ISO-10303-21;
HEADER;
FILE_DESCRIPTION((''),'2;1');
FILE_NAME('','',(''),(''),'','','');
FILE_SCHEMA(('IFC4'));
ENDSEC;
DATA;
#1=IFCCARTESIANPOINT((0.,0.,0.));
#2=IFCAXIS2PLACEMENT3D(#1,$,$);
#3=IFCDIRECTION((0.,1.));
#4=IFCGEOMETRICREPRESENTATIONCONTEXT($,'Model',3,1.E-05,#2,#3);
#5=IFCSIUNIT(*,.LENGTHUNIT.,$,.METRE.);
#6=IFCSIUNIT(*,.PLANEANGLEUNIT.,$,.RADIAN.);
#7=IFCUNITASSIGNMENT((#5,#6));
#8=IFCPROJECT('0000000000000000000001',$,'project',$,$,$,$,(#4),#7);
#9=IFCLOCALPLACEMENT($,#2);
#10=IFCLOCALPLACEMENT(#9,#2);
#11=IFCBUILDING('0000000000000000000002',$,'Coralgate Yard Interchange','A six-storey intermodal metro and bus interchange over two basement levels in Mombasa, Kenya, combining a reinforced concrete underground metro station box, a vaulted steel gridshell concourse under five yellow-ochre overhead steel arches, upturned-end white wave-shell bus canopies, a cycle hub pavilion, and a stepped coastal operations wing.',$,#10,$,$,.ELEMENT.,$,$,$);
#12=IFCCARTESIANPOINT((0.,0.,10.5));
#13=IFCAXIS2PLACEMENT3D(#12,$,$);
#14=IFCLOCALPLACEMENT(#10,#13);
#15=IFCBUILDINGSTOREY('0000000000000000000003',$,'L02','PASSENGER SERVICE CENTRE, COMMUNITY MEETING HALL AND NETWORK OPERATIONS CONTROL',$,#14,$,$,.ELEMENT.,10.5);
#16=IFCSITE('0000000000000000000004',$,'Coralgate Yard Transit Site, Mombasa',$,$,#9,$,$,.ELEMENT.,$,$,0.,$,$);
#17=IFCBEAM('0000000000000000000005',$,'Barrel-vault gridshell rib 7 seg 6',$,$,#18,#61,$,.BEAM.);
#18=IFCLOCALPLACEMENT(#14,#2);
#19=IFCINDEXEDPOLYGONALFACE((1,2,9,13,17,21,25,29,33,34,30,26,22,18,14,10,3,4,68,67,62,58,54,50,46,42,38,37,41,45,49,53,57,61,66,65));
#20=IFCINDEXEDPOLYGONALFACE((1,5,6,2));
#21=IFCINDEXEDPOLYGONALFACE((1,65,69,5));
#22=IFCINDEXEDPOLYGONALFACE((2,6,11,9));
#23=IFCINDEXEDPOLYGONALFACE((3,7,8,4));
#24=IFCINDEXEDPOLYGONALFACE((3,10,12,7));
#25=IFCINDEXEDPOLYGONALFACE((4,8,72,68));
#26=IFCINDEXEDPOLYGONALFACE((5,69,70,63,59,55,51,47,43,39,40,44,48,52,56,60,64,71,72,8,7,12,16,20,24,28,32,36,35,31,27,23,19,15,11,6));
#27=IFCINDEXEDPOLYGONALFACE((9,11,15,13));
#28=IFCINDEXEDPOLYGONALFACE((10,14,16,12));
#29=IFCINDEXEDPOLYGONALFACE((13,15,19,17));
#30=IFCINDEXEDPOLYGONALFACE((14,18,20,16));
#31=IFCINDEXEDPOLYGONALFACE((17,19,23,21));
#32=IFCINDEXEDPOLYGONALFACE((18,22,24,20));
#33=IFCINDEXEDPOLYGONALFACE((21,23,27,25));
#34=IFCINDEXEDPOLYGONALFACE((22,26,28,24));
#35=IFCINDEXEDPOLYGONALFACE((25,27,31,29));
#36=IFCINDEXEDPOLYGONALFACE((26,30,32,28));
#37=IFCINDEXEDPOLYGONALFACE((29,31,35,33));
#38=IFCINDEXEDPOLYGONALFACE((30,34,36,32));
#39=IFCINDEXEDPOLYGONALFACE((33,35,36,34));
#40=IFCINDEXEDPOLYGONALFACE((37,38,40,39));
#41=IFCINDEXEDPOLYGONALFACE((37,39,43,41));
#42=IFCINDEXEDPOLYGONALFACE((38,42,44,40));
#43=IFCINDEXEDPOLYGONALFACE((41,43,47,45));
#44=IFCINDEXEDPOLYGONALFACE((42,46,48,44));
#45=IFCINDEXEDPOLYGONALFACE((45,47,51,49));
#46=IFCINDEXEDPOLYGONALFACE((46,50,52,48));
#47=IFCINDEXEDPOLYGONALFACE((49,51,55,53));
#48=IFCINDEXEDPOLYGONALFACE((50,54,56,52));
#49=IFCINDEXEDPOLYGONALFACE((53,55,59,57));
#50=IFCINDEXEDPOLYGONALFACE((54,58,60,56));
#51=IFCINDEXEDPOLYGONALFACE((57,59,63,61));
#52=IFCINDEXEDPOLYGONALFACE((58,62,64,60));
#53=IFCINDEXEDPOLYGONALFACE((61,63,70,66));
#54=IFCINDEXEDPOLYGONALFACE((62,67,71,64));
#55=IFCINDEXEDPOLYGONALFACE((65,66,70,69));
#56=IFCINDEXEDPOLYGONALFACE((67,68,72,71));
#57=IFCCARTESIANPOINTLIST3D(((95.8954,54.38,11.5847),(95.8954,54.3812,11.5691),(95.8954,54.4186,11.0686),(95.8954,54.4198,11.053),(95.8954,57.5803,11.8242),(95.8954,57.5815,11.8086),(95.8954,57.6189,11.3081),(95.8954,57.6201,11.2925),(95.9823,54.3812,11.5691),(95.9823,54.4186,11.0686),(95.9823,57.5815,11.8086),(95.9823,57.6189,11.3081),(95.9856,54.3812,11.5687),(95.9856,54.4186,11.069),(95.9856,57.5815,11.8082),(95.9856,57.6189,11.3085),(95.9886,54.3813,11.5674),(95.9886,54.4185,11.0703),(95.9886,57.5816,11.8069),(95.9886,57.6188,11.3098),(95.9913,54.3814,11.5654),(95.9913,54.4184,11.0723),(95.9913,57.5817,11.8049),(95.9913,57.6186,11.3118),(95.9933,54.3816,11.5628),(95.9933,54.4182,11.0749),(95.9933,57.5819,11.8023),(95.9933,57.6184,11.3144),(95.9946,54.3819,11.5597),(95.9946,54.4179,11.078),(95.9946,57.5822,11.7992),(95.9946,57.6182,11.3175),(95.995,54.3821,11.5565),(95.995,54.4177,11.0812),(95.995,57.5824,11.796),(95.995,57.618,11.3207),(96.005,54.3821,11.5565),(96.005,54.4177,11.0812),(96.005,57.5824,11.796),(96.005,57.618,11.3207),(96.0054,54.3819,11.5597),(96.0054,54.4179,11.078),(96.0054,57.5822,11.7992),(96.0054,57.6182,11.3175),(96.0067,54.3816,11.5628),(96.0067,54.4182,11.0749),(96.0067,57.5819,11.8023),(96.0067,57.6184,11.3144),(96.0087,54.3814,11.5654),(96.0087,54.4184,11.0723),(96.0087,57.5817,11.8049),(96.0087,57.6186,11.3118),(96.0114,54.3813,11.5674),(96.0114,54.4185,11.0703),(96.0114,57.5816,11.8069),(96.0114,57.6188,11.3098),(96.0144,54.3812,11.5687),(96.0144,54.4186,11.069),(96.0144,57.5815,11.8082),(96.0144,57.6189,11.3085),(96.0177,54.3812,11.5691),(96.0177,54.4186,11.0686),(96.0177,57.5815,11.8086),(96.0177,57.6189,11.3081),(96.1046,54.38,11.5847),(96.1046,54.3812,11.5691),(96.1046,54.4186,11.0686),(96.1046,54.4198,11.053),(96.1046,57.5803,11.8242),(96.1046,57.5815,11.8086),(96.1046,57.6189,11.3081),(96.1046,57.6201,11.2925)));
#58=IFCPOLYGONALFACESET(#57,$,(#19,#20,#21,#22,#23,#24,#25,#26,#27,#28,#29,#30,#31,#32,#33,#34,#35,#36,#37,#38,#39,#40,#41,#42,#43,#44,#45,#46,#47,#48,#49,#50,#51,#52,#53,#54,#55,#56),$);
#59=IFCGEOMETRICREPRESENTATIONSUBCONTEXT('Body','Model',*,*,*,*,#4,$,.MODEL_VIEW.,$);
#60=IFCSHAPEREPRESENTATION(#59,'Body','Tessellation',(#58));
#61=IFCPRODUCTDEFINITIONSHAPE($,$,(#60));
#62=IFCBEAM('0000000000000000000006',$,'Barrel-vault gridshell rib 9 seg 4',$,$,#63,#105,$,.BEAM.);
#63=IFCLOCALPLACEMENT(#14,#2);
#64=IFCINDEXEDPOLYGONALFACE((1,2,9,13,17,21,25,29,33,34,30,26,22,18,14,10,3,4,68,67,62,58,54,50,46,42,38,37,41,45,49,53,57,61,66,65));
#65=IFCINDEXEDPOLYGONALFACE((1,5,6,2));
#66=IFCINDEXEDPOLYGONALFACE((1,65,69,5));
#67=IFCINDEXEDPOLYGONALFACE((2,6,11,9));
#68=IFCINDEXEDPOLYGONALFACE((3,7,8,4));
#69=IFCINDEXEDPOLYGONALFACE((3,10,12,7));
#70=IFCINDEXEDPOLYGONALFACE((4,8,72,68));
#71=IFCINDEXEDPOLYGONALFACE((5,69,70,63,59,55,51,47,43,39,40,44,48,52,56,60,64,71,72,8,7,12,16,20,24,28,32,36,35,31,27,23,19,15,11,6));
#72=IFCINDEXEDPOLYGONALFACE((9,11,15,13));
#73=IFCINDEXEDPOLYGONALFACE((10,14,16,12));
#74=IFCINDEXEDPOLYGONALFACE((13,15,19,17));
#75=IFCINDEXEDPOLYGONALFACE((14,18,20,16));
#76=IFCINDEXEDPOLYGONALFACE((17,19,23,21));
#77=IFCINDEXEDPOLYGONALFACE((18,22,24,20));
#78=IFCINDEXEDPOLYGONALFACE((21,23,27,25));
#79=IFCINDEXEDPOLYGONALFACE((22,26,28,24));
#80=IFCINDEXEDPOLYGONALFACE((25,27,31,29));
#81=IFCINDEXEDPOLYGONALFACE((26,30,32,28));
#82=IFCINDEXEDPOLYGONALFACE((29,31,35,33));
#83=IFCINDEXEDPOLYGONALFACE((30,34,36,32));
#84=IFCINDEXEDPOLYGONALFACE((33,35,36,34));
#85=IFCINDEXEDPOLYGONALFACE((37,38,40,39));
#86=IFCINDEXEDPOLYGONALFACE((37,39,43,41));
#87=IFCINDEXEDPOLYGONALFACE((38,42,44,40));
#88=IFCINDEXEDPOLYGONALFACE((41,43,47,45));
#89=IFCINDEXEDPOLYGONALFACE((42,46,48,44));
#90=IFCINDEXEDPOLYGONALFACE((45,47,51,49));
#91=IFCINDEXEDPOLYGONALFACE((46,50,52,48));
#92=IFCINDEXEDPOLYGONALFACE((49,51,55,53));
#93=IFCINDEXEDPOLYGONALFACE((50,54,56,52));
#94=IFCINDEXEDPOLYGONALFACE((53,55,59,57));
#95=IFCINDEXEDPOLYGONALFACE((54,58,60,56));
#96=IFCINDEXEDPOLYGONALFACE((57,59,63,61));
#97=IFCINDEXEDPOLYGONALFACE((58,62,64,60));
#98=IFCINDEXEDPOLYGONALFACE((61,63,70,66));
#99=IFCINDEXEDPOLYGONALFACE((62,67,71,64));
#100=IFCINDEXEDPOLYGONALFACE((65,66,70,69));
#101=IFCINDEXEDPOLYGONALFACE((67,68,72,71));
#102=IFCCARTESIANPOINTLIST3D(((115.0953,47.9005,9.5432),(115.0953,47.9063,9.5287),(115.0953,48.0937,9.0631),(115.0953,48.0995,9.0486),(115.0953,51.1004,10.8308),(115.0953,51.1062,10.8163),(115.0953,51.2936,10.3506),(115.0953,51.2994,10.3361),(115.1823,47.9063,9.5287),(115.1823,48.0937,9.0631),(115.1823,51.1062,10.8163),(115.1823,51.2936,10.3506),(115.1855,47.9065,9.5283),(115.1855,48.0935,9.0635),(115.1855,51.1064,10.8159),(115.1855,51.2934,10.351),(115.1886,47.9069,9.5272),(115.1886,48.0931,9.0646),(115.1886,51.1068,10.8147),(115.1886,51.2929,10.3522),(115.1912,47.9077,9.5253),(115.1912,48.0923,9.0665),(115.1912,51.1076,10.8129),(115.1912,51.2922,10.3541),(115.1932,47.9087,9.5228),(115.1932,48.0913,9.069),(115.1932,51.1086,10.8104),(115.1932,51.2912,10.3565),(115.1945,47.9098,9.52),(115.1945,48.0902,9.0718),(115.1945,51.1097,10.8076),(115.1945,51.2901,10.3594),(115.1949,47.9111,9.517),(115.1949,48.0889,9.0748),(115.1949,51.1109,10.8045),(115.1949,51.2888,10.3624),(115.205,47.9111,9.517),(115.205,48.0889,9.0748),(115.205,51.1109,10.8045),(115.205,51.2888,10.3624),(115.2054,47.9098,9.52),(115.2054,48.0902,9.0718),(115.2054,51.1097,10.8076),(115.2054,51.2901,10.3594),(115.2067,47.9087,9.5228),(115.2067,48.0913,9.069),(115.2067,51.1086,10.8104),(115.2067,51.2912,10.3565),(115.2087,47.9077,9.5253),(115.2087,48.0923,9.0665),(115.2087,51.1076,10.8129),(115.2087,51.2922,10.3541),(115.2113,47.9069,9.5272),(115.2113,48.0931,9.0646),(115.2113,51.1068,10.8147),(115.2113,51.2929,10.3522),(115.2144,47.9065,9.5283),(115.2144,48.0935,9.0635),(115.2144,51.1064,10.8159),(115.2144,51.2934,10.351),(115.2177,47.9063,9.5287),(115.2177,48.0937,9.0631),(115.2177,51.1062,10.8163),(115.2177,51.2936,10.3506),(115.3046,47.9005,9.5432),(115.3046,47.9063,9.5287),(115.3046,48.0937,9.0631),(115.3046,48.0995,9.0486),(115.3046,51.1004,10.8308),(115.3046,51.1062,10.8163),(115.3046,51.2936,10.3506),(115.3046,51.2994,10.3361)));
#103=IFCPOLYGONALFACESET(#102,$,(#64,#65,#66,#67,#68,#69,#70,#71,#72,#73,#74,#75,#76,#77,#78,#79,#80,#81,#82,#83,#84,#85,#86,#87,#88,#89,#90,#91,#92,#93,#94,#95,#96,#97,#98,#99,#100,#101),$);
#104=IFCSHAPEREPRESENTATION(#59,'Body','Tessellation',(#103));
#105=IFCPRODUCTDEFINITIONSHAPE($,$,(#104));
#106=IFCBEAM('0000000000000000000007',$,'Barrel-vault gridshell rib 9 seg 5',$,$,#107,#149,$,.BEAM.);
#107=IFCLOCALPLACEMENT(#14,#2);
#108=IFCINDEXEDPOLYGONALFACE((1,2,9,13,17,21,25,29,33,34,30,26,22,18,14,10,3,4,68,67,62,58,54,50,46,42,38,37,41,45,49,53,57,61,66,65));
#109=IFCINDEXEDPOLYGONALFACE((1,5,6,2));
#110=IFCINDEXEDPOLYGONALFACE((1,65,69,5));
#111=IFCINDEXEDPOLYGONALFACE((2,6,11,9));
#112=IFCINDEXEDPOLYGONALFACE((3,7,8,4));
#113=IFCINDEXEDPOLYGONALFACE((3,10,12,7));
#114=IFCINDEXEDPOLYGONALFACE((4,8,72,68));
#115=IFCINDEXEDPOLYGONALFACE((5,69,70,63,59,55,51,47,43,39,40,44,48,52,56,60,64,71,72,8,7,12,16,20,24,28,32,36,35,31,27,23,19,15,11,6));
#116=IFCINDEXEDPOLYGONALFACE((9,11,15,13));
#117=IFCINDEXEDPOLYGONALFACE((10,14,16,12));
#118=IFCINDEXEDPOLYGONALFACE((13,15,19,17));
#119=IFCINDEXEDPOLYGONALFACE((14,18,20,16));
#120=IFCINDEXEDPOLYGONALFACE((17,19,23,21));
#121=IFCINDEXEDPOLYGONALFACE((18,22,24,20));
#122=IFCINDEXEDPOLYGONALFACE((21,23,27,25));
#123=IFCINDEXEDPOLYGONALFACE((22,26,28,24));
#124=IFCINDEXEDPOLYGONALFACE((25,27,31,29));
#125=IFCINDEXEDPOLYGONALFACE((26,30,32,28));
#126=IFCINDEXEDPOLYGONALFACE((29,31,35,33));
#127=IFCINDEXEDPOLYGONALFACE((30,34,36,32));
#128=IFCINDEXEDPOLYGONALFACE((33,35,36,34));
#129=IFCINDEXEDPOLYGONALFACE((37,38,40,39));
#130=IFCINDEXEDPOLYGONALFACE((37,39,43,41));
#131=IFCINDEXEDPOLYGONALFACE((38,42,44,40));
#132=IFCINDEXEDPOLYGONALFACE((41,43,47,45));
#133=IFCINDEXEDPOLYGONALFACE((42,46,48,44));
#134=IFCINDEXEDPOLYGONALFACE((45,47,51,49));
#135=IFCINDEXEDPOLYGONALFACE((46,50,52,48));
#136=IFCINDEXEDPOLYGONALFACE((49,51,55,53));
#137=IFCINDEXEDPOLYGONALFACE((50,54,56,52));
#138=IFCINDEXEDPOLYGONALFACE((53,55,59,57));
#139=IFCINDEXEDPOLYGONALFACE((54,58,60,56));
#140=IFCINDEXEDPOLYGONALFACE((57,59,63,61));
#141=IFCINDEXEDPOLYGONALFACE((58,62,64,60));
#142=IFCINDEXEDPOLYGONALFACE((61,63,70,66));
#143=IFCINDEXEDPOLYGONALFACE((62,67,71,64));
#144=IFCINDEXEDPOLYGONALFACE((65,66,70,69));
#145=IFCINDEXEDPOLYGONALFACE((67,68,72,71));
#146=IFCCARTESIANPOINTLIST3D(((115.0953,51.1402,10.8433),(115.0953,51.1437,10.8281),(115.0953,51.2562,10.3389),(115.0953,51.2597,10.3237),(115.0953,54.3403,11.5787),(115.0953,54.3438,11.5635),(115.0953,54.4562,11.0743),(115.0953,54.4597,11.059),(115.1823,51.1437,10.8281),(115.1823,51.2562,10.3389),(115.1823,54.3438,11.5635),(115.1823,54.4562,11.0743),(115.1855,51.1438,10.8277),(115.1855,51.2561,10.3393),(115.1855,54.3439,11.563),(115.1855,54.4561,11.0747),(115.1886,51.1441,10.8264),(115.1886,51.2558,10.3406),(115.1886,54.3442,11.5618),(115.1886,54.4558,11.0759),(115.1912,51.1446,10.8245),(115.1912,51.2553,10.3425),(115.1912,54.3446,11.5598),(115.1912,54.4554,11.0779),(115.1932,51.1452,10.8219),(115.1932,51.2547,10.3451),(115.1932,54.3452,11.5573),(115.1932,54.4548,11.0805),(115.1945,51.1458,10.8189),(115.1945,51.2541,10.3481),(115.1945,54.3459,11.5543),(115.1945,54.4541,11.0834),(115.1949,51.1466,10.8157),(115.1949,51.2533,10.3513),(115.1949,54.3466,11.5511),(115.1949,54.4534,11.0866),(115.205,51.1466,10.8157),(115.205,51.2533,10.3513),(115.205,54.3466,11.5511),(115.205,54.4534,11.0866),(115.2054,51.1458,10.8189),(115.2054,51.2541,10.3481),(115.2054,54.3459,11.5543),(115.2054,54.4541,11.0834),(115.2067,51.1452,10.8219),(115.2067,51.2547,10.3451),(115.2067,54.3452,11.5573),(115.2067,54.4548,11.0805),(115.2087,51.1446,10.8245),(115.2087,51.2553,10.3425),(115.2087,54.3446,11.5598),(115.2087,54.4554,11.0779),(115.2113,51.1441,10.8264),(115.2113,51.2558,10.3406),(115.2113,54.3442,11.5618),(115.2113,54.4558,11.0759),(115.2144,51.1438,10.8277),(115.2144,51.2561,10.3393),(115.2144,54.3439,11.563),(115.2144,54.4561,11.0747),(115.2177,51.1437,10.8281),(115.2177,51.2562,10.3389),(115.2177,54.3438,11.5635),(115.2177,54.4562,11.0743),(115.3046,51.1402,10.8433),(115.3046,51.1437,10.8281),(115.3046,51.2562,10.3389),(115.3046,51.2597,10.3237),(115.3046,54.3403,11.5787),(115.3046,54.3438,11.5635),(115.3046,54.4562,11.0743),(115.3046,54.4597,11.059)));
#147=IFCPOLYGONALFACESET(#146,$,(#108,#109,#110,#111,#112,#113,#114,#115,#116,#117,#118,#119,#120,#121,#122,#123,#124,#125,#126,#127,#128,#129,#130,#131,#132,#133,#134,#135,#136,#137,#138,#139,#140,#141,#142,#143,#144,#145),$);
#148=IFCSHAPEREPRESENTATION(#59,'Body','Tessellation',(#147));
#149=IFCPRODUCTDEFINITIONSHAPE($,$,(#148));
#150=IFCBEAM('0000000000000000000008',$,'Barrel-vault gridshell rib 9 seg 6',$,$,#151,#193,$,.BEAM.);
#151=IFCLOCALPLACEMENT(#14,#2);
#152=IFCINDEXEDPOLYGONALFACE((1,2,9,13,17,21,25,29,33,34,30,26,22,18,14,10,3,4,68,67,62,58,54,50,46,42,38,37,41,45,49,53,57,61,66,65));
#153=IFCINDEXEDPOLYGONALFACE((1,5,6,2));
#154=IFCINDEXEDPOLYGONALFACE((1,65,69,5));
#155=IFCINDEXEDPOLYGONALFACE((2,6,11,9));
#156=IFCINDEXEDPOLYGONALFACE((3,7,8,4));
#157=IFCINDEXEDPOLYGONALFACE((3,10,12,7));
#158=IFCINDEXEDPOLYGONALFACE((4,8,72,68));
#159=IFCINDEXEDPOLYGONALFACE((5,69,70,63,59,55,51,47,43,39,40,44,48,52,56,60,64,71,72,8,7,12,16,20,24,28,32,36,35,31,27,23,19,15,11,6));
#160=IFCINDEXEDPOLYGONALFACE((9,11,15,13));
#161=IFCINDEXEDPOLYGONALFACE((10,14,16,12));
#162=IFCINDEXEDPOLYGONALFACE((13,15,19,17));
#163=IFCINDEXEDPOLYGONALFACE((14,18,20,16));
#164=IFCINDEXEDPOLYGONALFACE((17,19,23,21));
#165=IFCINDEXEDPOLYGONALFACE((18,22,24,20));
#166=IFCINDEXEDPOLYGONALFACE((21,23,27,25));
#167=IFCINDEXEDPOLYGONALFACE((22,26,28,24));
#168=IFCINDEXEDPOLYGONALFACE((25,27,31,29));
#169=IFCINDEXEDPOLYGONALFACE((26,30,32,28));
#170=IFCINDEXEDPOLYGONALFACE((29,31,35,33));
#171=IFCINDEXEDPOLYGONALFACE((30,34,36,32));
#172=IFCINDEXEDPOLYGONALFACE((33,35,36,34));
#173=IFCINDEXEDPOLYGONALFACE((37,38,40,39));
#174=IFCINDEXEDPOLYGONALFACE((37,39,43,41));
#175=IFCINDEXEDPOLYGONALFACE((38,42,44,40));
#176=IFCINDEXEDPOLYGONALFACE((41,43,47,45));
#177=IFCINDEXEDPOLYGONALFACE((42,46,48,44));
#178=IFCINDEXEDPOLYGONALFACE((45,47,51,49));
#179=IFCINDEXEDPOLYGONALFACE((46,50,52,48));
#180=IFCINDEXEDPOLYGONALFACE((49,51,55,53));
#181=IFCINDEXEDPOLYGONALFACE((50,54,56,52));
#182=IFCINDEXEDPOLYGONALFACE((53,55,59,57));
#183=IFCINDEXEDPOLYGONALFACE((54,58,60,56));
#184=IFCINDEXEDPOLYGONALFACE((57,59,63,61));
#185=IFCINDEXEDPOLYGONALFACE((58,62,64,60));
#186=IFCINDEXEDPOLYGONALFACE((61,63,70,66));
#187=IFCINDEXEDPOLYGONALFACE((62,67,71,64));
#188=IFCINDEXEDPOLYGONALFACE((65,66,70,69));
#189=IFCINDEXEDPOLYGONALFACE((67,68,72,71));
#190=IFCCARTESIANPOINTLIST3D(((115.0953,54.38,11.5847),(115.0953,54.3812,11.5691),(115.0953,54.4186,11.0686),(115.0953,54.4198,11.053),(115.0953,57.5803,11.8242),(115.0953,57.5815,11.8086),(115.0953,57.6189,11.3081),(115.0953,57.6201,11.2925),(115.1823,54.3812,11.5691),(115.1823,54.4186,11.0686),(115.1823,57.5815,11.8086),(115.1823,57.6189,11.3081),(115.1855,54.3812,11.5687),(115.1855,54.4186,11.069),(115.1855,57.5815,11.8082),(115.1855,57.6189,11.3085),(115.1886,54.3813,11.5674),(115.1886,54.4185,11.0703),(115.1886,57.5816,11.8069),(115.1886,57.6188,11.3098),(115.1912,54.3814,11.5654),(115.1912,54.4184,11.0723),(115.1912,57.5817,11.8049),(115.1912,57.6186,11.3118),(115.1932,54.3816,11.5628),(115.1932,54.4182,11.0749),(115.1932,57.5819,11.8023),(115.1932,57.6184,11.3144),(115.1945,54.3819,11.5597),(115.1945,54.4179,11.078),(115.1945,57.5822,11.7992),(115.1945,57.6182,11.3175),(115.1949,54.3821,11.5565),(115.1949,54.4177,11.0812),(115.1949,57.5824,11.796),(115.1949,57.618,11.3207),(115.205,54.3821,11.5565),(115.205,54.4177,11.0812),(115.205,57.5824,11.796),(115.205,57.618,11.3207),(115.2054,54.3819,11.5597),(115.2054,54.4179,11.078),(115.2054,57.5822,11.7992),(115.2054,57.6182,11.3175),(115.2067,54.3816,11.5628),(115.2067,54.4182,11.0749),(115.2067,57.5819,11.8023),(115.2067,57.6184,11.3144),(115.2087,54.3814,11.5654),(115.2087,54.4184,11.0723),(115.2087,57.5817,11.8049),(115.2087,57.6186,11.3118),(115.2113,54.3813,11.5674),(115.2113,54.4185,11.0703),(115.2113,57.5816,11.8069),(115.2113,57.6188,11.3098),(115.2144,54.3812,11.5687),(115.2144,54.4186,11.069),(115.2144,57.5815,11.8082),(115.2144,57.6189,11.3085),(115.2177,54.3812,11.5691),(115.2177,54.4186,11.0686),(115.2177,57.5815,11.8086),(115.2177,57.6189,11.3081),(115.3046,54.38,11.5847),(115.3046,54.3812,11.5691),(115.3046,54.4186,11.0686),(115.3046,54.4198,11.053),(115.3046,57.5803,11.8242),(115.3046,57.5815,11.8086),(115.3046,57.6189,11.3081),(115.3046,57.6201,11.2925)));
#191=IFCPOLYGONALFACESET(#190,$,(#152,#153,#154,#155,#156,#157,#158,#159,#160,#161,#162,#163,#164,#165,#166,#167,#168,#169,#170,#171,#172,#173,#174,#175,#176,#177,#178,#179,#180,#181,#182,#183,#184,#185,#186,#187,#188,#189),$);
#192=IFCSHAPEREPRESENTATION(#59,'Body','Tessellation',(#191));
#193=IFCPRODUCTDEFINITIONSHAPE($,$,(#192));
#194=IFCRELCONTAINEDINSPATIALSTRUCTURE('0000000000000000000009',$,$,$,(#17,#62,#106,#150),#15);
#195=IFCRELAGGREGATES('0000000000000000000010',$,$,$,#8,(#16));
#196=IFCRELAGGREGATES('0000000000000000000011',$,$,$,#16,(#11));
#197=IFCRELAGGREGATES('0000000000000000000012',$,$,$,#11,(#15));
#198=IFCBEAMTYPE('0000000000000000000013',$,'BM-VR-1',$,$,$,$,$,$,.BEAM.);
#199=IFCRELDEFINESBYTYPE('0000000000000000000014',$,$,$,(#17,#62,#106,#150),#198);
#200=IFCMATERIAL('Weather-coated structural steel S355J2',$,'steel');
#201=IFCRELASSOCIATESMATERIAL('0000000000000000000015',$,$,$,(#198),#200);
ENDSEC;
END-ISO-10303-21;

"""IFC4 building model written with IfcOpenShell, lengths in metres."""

from ifc_helpers import new_model, si_unit, direction, frame, origin, origin_2d, place, context, subcontext, project, spatial, i_section, extrude, material, material_profile, profile_set, type_object, element, save


model = new_model("IFC4")

# Units and contexts
model_context = context("Model", 3, precision=1e-05, world=origin(), true_north=direction((0.0, 1.0)))
body_context = subcontext(model_context, "Body", "Model", "MODEL_VIEW")
ifc_project = project(units=[si_unit("LENGTHUNIT", "METRE"), si_unit("PLANEANGLEUNIT", "RADIAN")], contexts=[model_context])

# Site, building, storey
site_placement = place(None, origin())
site = spatial("IfcSite", under=ifc_project, at=site_placement, Name="Coralgate Yard Transit Site, Mombasa", CompositionType="ELEMENT", RefElevation=0.0)
building_placement = place(site_placement, origin())
building = spatial("IfcBuilding", under=site, at=building_placement, Name="Coralgate Yard Interchange", Description="A six-storey intermodal metro and bus interchange over two basement levels in Mombasa, Kenya, combining a reinforced concrete underground metro station box, a vaulted steel gridshell concourse under five yellow-ochre overhead steel arches, upturned-end white wave-shell bus canopies, a cycle hub pavilion, and a stepped coastal operations wing.", CompositionType="ELEMENT")
storey_placement = place(building_placement, frame((0.0, 0.0, 10.5)))
storey = spatial("IfcBuildingStorey", under=building, at=storey_placement, Name="L02", Description="PASSENGER SERVICE CENTRE, COMMUNITY MEETING HALL AND NETWORK OPERATIONS CONTROL", CompositionType="ELEMENT", Elevation=10.5)

# Beams
ifc_material_1 = material(Name="Weather-coated structural steel S355J2", Category="steel")
ifc_material_profile_1 = material_profile(ifc_material_1, i_section(OverallWidth=0.2092, OverallDepth=0.5332, WebThickness=0.01, FlangeThickness=0.0156, FilletRadius=0.0127, at=origin_2d()), Name="UB 533x210x92")
ifc_profile_set_1 = profile_set([ifc_material_profile_1], Name="Weather-coated structural steel S355J2")
beam_type_1 = type_object("IfcBeamType", Name="BM-VR-1", PredefinedType="BEAM", material=ifc_profile_set_1)
beam_1_placement = place(storey_placement, frame((96.0, 54.3999, 11.3188), z_axis=(0.0, 0.997211, 0.074631), x_axis=(-1.0, 0.0, 0.0)))
element("IfcBeam", 1, at=beam_1_placement, inside=storey, type_object=beam_type_1, Name="Barrel-vault gridshell rib 7 seg 6", PredefinedType="BEAM", context=body_context, shape_type="SweptSolid", body=[
    extrude(i_section(OverallWidth=0.2092, OverallDepth=0.5332, WebThickness=0.01, FlangeThickness=0.0156, FilletRadius=0.0127, at=origin_2d()), origin(), (0.0, 0.0, 1.0), 3.2092),
])
beam_2_placement = place(storey_placement, frame((115.2, 48.0, 9.2959), z_axis=(0.0, 0.927713, 0.373294), x_axis=(-1.0, 0.0, 0.0)))
element("IfcBeam", 2, at=beam_2_placement, inside=storey, type_object=beam_type_1, Name="Barrel-vault gridshell rib 9 seg 4", PredefinedType="BEAM", context=body_context, shape_type="SweptSolid", body=[
    extrude(i_section(OverallWidth=0.2092, OverallDepth=0.5332, WebThickness=0.01, FlangeThickness=0.0156, FilletRadius=0.0127, at=origin_2d()), origin(), (0.0, 0.0, 1.0), 3.4492),
])
beam_3_placement = place(storey_placement, frame((115.2, 51.2, 10.5835), z_axis=(0.0, 0.974598, 0.223963), x_axis=(-1.0, 0.0, 0.0)))
element("IfcBeam", 3, at=beam_3_placement, inside=storey, type_object=beam_type_1, Name="Barrel-vault gridshell rib 9 seg 5", PredefinedType="BEAM", context=body_context, shape_type="SweptSolid", body=[
    extrude(i_section(OverallWidth=0.2092, OverallDepth=0.5332, WebThickness=0.01, FlangeThickness=0.0156, FilletRadius=0.0127, at=origin_2d()), origin(), (0.0, 0.0, 1.0), 3.2834),
])
beam_4_placement = place(storey_placement, frame((115.2, 54.3999, 11.3188), z_axis=(0.0, 0.997211, 0.074631), x_axis=(-1.0, 0.0, 0.0)))
element("IfcBeam", 4, at=beam_4_placement, inside=storey, type_object=beam_type_1, Name="Barrel-vault gridshell rib 9 seg 6", PredefinedType="BEAM", context=body_context, shape_type="SweptSolid", body=[
    extrude(i_section(OverallWidth=0.2092, OverallDepth=0.5332, WebThickness=0.01, FlangeThickness=0.0156, FilletRadius=0.0127, at=origin_2d()), origin(), (0.0, 0.0, 1.0), 3.2092),
])

save(model, "model.ifc")
